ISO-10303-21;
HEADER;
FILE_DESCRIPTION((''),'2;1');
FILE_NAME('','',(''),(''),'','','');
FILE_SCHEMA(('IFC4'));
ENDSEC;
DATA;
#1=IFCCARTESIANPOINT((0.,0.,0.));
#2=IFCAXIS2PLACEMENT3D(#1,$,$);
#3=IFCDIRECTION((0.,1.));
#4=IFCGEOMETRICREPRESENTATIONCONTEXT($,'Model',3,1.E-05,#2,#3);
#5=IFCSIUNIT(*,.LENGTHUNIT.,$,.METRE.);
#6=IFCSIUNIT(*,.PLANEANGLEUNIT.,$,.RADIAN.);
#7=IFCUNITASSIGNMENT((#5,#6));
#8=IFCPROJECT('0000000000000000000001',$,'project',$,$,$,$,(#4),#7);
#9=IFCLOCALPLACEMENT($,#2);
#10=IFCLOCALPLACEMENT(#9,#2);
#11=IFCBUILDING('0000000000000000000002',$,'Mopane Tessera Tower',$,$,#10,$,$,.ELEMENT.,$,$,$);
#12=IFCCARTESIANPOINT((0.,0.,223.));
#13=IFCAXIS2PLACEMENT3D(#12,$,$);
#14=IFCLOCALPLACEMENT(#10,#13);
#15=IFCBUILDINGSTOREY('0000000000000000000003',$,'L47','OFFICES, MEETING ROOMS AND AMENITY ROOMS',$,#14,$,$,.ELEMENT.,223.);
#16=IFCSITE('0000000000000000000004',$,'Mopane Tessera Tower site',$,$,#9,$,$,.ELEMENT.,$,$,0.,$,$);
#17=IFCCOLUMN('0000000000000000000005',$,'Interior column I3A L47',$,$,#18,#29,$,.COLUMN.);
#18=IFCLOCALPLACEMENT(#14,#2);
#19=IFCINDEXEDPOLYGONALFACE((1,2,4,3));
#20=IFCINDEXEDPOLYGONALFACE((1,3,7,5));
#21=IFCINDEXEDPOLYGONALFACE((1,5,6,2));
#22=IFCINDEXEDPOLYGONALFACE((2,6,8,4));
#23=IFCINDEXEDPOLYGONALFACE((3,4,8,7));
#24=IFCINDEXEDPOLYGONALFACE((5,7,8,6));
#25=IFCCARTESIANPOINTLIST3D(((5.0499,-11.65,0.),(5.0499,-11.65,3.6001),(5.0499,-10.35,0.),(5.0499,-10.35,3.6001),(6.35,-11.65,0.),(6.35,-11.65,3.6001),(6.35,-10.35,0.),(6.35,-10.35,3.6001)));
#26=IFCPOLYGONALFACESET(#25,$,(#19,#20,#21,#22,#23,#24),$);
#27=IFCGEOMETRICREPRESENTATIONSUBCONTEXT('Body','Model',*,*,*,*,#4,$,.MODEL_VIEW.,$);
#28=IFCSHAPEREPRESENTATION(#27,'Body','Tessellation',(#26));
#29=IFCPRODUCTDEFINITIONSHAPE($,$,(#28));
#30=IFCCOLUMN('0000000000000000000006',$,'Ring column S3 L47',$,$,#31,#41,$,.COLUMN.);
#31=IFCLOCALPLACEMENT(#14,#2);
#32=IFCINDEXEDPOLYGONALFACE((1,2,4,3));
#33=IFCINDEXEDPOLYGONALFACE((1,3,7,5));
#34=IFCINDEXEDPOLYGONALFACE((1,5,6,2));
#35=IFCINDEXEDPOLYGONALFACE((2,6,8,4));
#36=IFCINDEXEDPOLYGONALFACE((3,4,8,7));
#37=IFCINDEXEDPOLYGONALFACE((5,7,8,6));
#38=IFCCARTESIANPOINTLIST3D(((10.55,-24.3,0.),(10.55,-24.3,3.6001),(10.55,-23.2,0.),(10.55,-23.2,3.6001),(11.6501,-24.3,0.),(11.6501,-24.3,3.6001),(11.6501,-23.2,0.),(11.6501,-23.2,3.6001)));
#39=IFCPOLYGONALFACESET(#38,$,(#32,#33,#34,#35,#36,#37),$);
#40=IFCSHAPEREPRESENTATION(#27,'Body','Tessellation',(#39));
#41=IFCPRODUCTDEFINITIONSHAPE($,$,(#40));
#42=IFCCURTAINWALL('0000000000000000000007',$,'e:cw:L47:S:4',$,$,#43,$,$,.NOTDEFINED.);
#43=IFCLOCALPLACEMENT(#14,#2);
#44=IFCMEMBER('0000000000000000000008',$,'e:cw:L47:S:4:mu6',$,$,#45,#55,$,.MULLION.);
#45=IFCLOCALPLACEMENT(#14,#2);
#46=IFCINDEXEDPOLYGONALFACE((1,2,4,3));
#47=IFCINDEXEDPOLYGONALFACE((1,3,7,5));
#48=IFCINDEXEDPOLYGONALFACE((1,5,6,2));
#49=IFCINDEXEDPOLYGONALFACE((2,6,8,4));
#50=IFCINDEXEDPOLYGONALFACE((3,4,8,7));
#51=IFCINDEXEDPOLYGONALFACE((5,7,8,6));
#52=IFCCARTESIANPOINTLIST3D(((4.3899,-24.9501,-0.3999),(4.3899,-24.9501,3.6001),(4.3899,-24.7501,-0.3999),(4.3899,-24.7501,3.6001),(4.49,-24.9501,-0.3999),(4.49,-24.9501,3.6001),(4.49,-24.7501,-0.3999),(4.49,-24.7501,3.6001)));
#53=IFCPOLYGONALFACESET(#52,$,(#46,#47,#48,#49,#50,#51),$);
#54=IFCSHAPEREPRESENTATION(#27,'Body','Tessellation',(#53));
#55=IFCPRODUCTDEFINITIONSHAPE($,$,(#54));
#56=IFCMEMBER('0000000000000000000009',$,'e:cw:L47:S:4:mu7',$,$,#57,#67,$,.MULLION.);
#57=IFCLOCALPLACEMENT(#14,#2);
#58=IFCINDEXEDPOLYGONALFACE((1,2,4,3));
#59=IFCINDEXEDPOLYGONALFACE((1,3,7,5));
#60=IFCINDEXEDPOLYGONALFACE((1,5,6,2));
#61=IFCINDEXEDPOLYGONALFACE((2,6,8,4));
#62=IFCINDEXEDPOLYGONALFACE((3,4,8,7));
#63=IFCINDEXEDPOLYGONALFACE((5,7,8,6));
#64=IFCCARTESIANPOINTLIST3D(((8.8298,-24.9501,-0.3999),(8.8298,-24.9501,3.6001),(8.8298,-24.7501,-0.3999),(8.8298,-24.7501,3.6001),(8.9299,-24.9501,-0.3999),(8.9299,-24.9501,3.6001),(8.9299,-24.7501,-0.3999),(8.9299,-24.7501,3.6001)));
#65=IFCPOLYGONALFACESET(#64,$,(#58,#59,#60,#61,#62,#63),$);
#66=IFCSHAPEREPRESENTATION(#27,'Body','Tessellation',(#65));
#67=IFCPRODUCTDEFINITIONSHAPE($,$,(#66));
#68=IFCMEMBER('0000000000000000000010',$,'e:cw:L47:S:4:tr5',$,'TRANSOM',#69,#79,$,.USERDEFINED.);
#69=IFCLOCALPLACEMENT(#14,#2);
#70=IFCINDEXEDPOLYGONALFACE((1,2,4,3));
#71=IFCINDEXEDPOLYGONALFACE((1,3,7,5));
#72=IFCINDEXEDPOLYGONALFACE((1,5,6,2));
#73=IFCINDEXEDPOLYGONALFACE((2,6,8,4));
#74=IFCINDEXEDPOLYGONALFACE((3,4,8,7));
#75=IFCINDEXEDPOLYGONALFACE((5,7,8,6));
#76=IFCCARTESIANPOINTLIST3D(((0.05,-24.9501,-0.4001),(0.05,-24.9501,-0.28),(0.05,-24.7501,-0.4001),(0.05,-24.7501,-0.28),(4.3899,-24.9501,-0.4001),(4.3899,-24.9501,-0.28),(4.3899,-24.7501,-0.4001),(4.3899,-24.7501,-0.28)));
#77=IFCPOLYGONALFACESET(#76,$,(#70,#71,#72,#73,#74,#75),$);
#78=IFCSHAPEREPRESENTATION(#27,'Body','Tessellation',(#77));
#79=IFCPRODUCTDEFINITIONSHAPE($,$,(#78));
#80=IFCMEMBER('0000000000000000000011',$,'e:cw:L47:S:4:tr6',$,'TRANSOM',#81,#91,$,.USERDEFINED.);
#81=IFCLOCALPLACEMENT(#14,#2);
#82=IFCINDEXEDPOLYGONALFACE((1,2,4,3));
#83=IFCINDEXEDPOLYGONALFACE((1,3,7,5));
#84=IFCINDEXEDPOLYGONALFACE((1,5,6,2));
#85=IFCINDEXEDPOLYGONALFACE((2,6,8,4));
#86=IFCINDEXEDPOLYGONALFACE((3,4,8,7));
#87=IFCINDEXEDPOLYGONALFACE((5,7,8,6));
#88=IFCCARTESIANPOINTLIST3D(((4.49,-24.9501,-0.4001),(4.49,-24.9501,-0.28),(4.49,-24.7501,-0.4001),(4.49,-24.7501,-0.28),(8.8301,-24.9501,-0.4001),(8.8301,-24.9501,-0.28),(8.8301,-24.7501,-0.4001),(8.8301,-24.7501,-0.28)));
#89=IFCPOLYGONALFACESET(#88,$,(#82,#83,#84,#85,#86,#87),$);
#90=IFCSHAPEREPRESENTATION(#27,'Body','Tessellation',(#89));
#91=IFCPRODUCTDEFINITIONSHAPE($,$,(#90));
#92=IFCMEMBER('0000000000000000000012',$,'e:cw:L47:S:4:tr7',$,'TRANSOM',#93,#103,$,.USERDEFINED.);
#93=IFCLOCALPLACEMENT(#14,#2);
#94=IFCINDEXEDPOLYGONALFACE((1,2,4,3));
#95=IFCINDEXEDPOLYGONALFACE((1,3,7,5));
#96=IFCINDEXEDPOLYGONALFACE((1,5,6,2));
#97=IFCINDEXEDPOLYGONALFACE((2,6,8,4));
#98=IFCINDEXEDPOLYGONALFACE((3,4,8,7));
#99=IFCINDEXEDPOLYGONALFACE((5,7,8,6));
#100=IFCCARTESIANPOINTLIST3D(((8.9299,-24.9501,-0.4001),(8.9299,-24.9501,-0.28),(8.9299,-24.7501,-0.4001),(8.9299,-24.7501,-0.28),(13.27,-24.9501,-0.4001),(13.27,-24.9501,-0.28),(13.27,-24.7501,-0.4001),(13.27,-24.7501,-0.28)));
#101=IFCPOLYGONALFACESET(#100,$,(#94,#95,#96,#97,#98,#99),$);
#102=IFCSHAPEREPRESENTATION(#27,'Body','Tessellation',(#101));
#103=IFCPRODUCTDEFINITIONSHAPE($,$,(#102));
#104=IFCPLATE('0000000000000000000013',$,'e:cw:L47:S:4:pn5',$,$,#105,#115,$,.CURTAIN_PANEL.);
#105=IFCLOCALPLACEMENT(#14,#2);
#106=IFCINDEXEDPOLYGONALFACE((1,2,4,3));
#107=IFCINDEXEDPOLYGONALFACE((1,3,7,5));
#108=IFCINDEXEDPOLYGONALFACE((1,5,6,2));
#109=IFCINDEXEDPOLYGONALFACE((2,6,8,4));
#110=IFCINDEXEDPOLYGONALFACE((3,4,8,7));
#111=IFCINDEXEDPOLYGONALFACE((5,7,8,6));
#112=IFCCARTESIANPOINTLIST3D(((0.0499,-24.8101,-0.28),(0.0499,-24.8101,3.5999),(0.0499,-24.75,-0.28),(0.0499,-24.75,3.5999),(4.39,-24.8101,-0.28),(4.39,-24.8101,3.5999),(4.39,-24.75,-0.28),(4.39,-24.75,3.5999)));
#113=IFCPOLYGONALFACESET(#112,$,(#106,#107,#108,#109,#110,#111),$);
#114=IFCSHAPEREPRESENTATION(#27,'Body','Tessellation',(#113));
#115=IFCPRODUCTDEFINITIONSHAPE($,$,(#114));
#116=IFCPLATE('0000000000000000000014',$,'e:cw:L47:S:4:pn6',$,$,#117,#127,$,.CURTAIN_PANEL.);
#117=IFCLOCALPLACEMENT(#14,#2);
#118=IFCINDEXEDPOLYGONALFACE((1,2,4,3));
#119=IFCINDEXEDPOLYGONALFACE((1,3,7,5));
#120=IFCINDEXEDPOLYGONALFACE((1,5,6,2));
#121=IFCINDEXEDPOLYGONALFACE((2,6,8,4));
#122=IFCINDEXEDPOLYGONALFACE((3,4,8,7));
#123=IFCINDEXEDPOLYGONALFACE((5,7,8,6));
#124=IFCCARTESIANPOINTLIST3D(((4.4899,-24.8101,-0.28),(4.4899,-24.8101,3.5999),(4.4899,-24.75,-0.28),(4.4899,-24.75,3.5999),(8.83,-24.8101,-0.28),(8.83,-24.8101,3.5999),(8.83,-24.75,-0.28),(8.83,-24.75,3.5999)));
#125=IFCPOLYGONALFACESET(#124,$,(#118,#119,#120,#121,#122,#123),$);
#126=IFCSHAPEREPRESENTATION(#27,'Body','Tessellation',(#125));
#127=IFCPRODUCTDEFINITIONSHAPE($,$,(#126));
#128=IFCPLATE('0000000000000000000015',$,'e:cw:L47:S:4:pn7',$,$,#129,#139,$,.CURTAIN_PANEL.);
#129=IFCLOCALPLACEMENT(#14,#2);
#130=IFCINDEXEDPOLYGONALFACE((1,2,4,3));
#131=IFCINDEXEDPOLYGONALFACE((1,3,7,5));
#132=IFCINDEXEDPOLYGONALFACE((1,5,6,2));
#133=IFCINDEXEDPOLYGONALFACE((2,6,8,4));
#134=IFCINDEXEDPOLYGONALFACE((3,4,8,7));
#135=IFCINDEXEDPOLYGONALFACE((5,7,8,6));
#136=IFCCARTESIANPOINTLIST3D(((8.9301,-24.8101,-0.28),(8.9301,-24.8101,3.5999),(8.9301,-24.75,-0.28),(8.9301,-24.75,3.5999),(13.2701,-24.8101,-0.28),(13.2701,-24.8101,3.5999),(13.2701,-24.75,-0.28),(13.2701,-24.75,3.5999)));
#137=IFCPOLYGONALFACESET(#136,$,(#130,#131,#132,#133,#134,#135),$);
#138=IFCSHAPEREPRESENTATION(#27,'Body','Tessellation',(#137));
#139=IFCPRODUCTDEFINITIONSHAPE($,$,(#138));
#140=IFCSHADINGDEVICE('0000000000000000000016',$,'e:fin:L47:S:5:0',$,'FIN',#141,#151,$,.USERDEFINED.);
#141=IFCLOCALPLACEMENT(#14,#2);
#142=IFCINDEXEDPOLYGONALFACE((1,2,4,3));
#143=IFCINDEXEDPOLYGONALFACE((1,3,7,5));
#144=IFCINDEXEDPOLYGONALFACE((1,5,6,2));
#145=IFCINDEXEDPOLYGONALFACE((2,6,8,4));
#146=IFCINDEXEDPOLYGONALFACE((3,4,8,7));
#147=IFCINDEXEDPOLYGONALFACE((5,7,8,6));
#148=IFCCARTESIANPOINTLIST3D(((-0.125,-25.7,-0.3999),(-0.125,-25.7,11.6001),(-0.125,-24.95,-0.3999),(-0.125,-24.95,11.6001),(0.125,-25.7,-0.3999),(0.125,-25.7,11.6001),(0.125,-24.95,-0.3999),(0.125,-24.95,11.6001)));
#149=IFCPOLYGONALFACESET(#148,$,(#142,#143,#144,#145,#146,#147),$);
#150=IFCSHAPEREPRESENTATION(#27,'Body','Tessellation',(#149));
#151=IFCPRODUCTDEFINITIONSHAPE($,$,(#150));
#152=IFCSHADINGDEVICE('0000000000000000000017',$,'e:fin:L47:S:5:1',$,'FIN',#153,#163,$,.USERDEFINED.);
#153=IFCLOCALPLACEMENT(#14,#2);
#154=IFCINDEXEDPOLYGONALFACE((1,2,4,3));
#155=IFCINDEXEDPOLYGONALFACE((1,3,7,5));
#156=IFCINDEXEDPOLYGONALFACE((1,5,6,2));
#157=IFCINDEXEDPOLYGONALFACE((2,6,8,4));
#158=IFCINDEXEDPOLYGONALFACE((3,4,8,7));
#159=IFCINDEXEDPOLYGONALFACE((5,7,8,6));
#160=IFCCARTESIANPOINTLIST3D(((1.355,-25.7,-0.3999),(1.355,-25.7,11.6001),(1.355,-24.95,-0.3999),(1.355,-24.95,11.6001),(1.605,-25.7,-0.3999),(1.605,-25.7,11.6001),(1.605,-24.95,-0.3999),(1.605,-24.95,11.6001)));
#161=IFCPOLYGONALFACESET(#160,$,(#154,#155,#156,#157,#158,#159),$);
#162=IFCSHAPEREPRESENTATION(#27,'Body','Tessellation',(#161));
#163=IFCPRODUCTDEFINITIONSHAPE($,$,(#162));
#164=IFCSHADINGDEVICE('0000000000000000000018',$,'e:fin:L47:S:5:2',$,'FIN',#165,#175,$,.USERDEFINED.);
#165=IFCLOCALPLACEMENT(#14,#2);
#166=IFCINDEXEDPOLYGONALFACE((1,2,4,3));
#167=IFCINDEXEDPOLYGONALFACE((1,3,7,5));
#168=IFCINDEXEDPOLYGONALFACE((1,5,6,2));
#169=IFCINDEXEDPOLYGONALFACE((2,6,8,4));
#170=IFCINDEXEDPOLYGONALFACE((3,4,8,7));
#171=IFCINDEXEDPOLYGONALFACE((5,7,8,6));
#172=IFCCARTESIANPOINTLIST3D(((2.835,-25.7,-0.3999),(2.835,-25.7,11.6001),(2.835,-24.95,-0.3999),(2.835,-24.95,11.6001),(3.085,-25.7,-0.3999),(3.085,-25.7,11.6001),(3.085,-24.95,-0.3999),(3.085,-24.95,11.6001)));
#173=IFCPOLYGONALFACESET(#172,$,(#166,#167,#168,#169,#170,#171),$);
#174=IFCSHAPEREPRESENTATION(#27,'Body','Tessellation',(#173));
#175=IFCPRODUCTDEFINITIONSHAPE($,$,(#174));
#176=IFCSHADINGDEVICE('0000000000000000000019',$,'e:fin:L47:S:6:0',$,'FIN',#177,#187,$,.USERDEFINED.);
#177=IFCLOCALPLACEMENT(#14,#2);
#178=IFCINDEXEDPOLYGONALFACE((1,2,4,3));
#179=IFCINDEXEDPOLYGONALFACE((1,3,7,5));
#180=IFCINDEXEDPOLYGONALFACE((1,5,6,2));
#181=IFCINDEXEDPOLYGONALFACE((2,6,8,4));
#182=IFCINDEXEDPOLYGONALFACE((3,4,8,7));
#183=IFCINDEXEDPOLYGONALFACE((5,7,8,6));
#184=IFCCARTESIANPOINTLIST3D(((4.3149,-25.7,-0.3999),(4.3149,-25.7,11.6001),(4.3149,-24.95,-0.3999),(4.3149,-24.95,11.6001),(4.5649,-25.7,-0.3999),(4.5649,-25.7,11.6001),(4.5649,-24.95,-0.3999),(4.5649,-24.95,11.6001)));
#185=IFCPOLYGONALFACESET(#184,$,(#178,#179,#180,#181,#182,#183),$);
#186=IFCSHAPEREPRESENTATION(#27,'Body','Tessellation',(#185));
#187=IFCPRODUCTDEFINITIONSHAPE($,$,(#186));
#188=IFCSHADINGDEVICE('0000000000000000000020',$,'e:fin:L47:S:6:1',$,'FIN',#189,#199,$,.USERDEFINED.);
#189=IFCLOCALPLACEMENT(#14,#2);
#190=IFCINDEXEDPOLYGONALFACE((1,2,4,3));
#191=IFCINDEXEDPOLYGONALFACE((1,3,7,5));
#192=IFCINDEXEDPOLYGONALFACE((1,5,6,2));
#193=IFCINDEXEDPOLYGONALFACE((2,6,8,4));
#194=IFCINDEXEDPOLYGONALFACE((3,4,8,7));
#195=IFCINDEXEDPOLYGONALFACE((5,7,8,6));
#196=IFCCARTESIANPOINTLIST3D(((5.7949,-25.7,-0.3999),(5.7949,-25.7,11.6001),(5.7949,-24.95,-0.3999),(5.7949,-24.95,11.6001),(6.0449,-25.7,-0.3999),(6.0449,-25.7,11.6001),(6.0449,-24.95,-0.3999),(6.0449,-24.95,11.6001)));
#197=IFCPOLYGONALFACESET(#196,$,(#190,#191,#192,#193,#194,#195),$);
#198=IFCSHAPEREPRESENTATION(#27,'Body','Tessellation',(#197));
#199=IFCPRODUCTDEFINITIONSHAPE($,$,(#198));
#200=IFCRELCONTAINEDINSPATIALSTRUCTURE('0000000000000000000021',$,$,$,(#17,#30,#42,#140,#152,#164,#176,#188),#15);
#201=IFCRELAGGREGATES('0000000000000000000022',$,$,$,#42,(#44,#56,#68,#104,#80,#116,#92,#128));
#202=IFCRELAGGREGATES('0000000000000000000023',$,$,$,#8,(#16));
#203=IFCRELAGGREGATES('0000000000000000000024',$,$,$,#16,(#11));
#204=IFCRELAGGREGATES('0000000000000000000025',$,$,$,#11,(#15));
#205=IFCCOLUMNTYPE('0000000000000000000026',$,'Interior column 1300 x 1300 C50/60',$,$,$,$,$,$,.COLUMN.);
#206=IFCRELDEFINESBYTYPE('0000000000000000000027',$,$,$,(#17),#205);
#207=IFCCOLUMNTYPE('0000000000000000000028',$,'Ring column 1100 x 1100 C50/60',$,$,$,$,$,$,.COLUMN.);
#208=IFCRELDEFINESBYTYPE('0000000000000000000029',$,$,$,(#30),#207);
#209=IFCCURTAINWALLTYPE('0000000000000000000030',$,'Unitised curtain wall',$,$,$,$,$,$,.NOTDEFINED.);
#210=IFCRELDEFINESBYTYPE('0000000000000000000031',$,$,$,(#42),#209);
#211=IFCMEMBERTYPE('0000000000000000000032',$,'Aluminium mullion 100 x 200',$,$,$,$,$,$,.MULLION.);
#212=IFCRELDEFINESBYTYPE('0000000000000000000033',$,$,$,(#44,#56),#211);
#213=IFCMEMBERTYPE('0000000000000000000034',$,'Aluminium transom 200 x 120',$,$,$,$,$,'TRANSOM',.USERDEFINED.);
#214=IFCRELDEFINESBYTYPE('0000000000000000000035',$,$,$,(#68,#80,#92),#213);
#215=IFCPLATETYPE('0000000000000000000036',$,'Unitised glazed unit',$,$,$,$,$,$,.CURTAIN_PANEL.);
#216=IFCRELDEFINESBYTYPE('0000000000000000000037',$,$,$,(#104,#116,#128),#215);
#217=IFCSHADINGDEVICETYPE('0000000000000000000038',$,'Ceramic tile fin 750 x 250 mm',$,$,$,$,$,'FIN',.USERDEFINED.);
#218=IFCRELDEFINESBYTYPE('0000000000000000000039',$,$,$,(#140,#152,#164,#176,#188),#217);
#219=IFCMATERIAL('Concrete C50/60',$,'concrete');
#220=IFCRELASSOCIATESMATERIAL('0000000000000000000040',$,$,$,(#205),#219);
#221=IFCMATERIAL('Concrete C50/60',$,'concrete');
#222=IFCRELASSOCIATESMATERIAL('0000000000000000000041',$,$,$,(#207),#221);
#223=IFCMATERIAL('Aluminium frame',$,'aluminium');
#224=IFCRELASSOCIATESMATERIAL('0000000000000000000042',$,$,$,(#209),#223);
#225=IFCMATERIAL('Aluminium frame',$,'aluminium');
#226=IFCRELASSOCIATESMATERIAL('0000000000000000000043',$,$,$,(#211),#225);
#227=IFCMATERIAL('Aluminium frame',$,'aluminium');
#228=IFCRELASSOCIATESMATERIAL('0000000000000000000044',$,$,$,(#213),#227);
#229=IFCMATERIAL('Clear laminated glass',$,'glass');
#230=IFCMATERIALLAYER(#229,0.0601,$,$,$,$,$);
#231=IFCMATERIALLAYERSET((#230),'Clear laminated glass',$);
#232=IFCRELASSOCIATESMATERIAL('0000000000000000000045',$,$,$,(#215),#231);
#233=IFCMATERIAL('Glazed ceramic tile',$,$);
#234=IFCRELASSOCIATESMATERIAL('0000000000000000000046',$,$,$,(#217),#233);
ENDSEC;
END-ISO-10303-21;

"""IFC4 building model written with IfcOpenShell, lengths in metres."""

from ifc_helpers import new_model, si_unit, direction, frame, origin, origin_2d, place, context, subcontext, project, spatial, rectangle, extrude, material, layer, layer_set, material_profile, profile_set, type_object, element, aggregate, save


model = new_model("IFC4")

# Units and contexts
model_context = context("Model", 3, precision=1e-05, world=origin(), true_north=direction((0.0, 1.0)))
body_context = subcontext(model_context, "Body", "Model", "MODEL_VIEW")
ifc_project = project(units=[si_unit("LENGTHUNIT", "METRE"), si_unit("PLANEANGLEUNIT", "RADIAN")], contexts=[model_context])

# Site, building, storey
site_placement = place(None, origin())
site = spatial("IfcSite", under=ifc_project, at=site_placement, Name="Mopane Tessera Tower site", CompositionType="ELEMENT", RefElevation=0.0)
building_placement = place(site_placement, origin())
building = spatial("IfcBuilding", under=site, at=building_placement, Name="Mopane Tessera Tower", CompositionType="ELEMENT")
storey_placement = place(building_placement, frame((0.0, 0.0, 223.0)))
storey = spatial("IfcBuildingStorey", under=building, at=storey_placement, Name="L47", Description="OFFICES, MEETING ROOMS AND AMENITY ROOMS", CompositionType="ELEMENT", Elevation=223.0)

# Columns
ifc_material_1 = material(Name="Concrete C50/60", Category="concrete")
ifc_material_profile_1 = material_profile(ifc_material_1, rectangle(XDim=1.3, YDim=1.3, at=origin_2d()))
ifc_profile_set_1 = profile_set([ifc_material_profile_1], Name="Concrete C50/60")
column_type_1 = type_object("IfcColumnType", Name="Interior column 1300 x 1300 C50/60", PredefinedType="COLUMN", material=ifc_profile_set_1)
column_1_placement = place(storey_placement, frame((5.7, -11.0, 0.0), z_axis=(0.0, 0.0, 1.0), x_axis=(1.0, 0.0, 0.0)))
element("IfcColumn", 1, at=column_1_placement, inside=storey, type_object=column_type_1, Name="Interior column I3A L47", PredefinedType="COLUMN", context=body_context, shape_type="SweptSolid", body=[
    extrude(rectangle(XDim=1.3, YDim=1.3, at=origin_2d()), origin(), (0.0, 0.0, 1.0), 3.6001),
])
ifc_material_2 = material(Name="Concrete C50/60", Category="concrete")
ifc_material_profile_2 = material_profile(ifc_material_2, rectangle(XDim=1.1001, YDim=1.1001, at=origin_2d()))
ifc_profile_set_2 = profile_set([ifc_material_profile_2], Name="Concrete C50/60")
column_type_2 = type_object("IfcColumnType", Name="Ring column 1100 x 1100 C50/60", PredefinedType="COLUMN", material=ifc_profile_set_2)
column_2_placement = place(storey_placement, frame((11.1001, -23.75, 0.0), z_axis=(0.0, 0.0, 1.0), x_axis=(1.0, 0.0, 0.0)))
element("IfcColumn", 2, at=column_2_placement, inside=storey, type_object=column_type_2, Name="Ring column S3 L47", PredefinedType="COLUMN", context=body_context, shape_type="SweptSolid", body=[
    extrude(rectangle(XDim=1.1001, YDim=1.1001, at=origin_2d()), origin(), (0.0, 0.0, 1.0), 3.6001),
])

# Curtain wall, members, plates
ifc_material_3 = material(Name="Aluminium frame", Category="aluminium")
curtain_wall_type = type_object("IfcCurtainWallType", Name="Unitised curtain wall", PredefinedType="NOTDEFINED", material=ifc_material_3)
curtain_wall_placement = place(storey_placement, origin())
curtain_wall = element("IfcCurtainWall", 3, at=curtain_wall_placement, inside=storey, type_object=curtain_wall_type, Name="e:cw:L47:S:4", PredefinedType="NOTDEFINED")
ifc_material_4 = material(Name="Aluminium frame", Category="aluminium")
ifc_material_profile_3 = material_profile(ifc_material_4, rectangle(XDim=0.1001, YDim=0.2, at=origin_2d()))
ifc_profile_set_3 = profile_set([ifc_material_profile_3], Name="Aluminium frame")
member_type_1 = type_object("IfcMemberType", Name="Aluminium mullion 100 x 200", PredefinedType="MULLION", material=ifc_profile_set_3)
member_1_placement = place(storey_placement, frame((4.4399, -24.8501, -0.3999), z_axis=(0.0, 0.0, 1.0), x_axis=(1.0, 0.0, 0.0)))
member_1 = element("IfcMember", 4, at=member_1_placement, type_object=member_type_1, Name="e:cw:L47:S:4:mu6", PredefinedType="MULLION", context=body_context, shape_type="SweptSolid", body=[
    extrude(rectangle(XDim=0.1001, YDim=0.2, at=origin_2d()), origin(), (0.0, 0.0, 1.0), 4.0),
])
member_2_placement = place(storey_placement, frame((8.8799, -24.8501, -0.3999), z_axis=(0.0, 0.0, 1.0), x_axis=(1.0, 0.0, 0.0)))
member_2 = element("IfcMember", 5, at=member_2_placement, type_object=member_type_1, Name="e:cw:L47:S:4:mu7", PredefinedType="MULLION", context=body_context, shape_type="SweptSolid", body=[
    extrude(rectangle(XDim=0.1001, YDim=0.2, at=origin_2d()), origin(), (0.0, 0.0, 1.0), 4.0),
])
ifc_material_5 = material(Name="Aluminium frame", Category="aluminium")
ifc_material_profile_4 = material_profile(ifc_material_5, rectangle(XDim=0.2, YDim=0.1201, at=origin_2d()))
ifc_profile_set_4 = profile_set([ifc_material_profile_4], Name="Aluminium frame")
member_type_2 = type_object("IfcMemberType", Name="Aluminium transom 200 x 120", ElementType="TRANSOM", PredefinedType="USERDEFINED", material=ifc_profile_set_4)
member_3_placement = place(storey_placement, frame((0.05, -24.8501, -0.3401), z_axis=(1.0, 0.0, 0.0), x_axis=(0.0, 1.0, 0.0)))
member_3 = element("IfcMember", 6, at=member_3_placement, type_object=member_type_2, Name="e:cw:L47:S:4:tr5", ObjectType="TRANSOM", PredefinedType="USERDEFINED", context=body_context, shape_type="SweptSolid", body=[
    extrude(rectangle(XDim=0.2, YDim=0.1201, at=origin_2d()), origin(), (0.0, 0.0, 1.0), 4.3398),
])
member_4_placement = place(storey_placement, frame((4.49, -24.8501, -0.3401), z_axis=(1.0, 0.0, 0.0), x_axis=(0.0, 1.0, 0.0)))
member_4 = element("IfcMember", 7, at=member_4_placement, type_object=member_type_2, Name="e:cw:L47:S:4:tr6", ObjectType="TRANSOM", PredefinedType="USERDEFINED", context=body_context, shape_type="SweptSolid", body=[
    extrude(rectangle(XDim=0.2, YDim=0.1201, at=origin_2d()), origin(), (0.0, 0.0, 1.0), 4.3401),
])
member_5_placement = place(storey_placement, frame((8.9299, -24.8501, -0.3401), z_axis=(1.0, 0.0, 0.0), x_axis=(0.0, 1.0, 0.0)))
member_5 = element("IfcMember", 8, at=member_5_placement, type_object=member_type_2, Name="e:cw:L47:S:4:tr7", ObjectType="TRANSOM", PredefinedType="USERDEFINED", context=body_context, shape_type="SweptSolid", body=[
    extrude(rectangle(XDim=0.2, YDim=0.1201, at=origin_2d()), origin(), (0.0, 0.0, 1.0), 4.3401),
])
ifc_material_6 = material(Name="Clear laminated glass", Category="glass")
ifc_layer = layer(ifc_material_6, 0.0601)
ifc_layer_set = layer_set([ifc_layer], Name="Clear laminated glass")
plate_type = type_object("IfcPlateType", Name="Unitised glazed unit", PredefinedType="CURTAIN_PANEL", material=ifc_layer_set)
plate_1_placement = place(storey_placement, frame((2.22, -24.78, -0.28), z_axis=(0.0, 0.0, 1.0), x_axis=(1.0, 0.0, 0.0)))
plate_1 = element("IfcPlate", 9, at=plate_1_placement, type_object=plate_type, Name="e:cw:L47:S:4:pn5", PredefinedType="CURTAIN_PANEL", context=body_context, shape_type="SweptSolid", body=[
    extrude(rectangle(XDim=4.3401, YDim=0.0601, at=origin_2d()), origin(), (0.0, 0.0, 1.0), 3.8799),
])
plate_2_placement = place(storey_placement, frame((6.6599, -24.78, -0.28), z_axis=(0.0, 0.0, 1.0), x_axis=(1.0, 0.0, 0.0)))
plate_2 = element("IfcPlate", 10, at=plate_2_placement, type_object=plate_type, Name="e:cw:L47:S:4:pn6", PredefinedType="CURTAIN_PANEL", context=body_context, shape_type="SweptSolid", body=[
    extrude(rectangle(XDim=4.3401, YDim=0.0601, at=origin_2d()), origin(), (0.0, 0.0, 1.0), 3.8799),
])
plate_3_placement = place(storey_placement, frame((11.1001, -24.78, -0.28), z_axis=(0.0, 0.0, 1.0), x_axis=(1.0, 0.0, 0.0)))
plate_3 = element("IfcPlate", 11, at=plate_3_placement, type_object=plate_type, Name="e:cw:L47:S:4:pn7", PredefinedType="CURTAIN_PANEL", context=body_context, shape_type="SweptSolid", body=[
    extrude(rectangle(XDim=4.3401, YDim=0.0601, at=origin_2d()), origin(), (0.0, 0.0, 1.0), 3.8799),
])
aggregate(curtain_wall, [member_1, member_2, member_3, plate_1, member_4, plate_2, member_5, plate_3])

# Shading devices
ifc_material_7 = material(Name="Glazed ceramic tile")
shading_device_type = type_object("IfcShadingDeviceType", Name="Ceramic tile fin 750 x 250 mm", ElementType="FIN", PredefinedType="USERDEFINED", material=ifc_material_7)
for number, where, z_axis, x_axis, name in (
    (12, (0.0, -25.325, -0.3999), (0.0, 0.0, 1.0), (1.0, 0.0, 0.0), "e:fin:L47:S:5:0"),
    (13, (1.48, -25.325, -0.3999), (0.0, 0.0, 1.0), (1.0, 0.0, 0.0), "e:fin:L47:S:5:1"),
    (14, (2.96, -25.325, -0.3999), (0.0, 0.0, 1.0), (1.0, 0.0, 0.0), "e:fin:L47:S:5:2"),
    (15, (4.4399, -25.325, -0.3999), (0.0, 0.0, 1.0), (1.0, 0.0, 0.0), "e:fin:L47:S:6:0"),
    (16, (5.9199, -25.325, -0.3999), (0.0, 0.0, 1.0), (1.0, 0.0, 0.0), "e:fin:L47:S:6:1"),
):
    element("IfcShadingDevice", number, at=place(storey_placement, frame(where, z_axis=z_axis, x_axis=x_axis)), inside=storey, type_object=shading_device_type, Name=name, ObjectType="FIN", PredefinedType="USERDEFINED", context=body_context, shape_type="SweptSolid", body=[
        extrude(rectangle(XDim=0.25, YDim=0.75, at=origin_2d()), origin(), (0.0, 0.0, 1.0), 12.0),
    ])

save(model, "model.ifc")
